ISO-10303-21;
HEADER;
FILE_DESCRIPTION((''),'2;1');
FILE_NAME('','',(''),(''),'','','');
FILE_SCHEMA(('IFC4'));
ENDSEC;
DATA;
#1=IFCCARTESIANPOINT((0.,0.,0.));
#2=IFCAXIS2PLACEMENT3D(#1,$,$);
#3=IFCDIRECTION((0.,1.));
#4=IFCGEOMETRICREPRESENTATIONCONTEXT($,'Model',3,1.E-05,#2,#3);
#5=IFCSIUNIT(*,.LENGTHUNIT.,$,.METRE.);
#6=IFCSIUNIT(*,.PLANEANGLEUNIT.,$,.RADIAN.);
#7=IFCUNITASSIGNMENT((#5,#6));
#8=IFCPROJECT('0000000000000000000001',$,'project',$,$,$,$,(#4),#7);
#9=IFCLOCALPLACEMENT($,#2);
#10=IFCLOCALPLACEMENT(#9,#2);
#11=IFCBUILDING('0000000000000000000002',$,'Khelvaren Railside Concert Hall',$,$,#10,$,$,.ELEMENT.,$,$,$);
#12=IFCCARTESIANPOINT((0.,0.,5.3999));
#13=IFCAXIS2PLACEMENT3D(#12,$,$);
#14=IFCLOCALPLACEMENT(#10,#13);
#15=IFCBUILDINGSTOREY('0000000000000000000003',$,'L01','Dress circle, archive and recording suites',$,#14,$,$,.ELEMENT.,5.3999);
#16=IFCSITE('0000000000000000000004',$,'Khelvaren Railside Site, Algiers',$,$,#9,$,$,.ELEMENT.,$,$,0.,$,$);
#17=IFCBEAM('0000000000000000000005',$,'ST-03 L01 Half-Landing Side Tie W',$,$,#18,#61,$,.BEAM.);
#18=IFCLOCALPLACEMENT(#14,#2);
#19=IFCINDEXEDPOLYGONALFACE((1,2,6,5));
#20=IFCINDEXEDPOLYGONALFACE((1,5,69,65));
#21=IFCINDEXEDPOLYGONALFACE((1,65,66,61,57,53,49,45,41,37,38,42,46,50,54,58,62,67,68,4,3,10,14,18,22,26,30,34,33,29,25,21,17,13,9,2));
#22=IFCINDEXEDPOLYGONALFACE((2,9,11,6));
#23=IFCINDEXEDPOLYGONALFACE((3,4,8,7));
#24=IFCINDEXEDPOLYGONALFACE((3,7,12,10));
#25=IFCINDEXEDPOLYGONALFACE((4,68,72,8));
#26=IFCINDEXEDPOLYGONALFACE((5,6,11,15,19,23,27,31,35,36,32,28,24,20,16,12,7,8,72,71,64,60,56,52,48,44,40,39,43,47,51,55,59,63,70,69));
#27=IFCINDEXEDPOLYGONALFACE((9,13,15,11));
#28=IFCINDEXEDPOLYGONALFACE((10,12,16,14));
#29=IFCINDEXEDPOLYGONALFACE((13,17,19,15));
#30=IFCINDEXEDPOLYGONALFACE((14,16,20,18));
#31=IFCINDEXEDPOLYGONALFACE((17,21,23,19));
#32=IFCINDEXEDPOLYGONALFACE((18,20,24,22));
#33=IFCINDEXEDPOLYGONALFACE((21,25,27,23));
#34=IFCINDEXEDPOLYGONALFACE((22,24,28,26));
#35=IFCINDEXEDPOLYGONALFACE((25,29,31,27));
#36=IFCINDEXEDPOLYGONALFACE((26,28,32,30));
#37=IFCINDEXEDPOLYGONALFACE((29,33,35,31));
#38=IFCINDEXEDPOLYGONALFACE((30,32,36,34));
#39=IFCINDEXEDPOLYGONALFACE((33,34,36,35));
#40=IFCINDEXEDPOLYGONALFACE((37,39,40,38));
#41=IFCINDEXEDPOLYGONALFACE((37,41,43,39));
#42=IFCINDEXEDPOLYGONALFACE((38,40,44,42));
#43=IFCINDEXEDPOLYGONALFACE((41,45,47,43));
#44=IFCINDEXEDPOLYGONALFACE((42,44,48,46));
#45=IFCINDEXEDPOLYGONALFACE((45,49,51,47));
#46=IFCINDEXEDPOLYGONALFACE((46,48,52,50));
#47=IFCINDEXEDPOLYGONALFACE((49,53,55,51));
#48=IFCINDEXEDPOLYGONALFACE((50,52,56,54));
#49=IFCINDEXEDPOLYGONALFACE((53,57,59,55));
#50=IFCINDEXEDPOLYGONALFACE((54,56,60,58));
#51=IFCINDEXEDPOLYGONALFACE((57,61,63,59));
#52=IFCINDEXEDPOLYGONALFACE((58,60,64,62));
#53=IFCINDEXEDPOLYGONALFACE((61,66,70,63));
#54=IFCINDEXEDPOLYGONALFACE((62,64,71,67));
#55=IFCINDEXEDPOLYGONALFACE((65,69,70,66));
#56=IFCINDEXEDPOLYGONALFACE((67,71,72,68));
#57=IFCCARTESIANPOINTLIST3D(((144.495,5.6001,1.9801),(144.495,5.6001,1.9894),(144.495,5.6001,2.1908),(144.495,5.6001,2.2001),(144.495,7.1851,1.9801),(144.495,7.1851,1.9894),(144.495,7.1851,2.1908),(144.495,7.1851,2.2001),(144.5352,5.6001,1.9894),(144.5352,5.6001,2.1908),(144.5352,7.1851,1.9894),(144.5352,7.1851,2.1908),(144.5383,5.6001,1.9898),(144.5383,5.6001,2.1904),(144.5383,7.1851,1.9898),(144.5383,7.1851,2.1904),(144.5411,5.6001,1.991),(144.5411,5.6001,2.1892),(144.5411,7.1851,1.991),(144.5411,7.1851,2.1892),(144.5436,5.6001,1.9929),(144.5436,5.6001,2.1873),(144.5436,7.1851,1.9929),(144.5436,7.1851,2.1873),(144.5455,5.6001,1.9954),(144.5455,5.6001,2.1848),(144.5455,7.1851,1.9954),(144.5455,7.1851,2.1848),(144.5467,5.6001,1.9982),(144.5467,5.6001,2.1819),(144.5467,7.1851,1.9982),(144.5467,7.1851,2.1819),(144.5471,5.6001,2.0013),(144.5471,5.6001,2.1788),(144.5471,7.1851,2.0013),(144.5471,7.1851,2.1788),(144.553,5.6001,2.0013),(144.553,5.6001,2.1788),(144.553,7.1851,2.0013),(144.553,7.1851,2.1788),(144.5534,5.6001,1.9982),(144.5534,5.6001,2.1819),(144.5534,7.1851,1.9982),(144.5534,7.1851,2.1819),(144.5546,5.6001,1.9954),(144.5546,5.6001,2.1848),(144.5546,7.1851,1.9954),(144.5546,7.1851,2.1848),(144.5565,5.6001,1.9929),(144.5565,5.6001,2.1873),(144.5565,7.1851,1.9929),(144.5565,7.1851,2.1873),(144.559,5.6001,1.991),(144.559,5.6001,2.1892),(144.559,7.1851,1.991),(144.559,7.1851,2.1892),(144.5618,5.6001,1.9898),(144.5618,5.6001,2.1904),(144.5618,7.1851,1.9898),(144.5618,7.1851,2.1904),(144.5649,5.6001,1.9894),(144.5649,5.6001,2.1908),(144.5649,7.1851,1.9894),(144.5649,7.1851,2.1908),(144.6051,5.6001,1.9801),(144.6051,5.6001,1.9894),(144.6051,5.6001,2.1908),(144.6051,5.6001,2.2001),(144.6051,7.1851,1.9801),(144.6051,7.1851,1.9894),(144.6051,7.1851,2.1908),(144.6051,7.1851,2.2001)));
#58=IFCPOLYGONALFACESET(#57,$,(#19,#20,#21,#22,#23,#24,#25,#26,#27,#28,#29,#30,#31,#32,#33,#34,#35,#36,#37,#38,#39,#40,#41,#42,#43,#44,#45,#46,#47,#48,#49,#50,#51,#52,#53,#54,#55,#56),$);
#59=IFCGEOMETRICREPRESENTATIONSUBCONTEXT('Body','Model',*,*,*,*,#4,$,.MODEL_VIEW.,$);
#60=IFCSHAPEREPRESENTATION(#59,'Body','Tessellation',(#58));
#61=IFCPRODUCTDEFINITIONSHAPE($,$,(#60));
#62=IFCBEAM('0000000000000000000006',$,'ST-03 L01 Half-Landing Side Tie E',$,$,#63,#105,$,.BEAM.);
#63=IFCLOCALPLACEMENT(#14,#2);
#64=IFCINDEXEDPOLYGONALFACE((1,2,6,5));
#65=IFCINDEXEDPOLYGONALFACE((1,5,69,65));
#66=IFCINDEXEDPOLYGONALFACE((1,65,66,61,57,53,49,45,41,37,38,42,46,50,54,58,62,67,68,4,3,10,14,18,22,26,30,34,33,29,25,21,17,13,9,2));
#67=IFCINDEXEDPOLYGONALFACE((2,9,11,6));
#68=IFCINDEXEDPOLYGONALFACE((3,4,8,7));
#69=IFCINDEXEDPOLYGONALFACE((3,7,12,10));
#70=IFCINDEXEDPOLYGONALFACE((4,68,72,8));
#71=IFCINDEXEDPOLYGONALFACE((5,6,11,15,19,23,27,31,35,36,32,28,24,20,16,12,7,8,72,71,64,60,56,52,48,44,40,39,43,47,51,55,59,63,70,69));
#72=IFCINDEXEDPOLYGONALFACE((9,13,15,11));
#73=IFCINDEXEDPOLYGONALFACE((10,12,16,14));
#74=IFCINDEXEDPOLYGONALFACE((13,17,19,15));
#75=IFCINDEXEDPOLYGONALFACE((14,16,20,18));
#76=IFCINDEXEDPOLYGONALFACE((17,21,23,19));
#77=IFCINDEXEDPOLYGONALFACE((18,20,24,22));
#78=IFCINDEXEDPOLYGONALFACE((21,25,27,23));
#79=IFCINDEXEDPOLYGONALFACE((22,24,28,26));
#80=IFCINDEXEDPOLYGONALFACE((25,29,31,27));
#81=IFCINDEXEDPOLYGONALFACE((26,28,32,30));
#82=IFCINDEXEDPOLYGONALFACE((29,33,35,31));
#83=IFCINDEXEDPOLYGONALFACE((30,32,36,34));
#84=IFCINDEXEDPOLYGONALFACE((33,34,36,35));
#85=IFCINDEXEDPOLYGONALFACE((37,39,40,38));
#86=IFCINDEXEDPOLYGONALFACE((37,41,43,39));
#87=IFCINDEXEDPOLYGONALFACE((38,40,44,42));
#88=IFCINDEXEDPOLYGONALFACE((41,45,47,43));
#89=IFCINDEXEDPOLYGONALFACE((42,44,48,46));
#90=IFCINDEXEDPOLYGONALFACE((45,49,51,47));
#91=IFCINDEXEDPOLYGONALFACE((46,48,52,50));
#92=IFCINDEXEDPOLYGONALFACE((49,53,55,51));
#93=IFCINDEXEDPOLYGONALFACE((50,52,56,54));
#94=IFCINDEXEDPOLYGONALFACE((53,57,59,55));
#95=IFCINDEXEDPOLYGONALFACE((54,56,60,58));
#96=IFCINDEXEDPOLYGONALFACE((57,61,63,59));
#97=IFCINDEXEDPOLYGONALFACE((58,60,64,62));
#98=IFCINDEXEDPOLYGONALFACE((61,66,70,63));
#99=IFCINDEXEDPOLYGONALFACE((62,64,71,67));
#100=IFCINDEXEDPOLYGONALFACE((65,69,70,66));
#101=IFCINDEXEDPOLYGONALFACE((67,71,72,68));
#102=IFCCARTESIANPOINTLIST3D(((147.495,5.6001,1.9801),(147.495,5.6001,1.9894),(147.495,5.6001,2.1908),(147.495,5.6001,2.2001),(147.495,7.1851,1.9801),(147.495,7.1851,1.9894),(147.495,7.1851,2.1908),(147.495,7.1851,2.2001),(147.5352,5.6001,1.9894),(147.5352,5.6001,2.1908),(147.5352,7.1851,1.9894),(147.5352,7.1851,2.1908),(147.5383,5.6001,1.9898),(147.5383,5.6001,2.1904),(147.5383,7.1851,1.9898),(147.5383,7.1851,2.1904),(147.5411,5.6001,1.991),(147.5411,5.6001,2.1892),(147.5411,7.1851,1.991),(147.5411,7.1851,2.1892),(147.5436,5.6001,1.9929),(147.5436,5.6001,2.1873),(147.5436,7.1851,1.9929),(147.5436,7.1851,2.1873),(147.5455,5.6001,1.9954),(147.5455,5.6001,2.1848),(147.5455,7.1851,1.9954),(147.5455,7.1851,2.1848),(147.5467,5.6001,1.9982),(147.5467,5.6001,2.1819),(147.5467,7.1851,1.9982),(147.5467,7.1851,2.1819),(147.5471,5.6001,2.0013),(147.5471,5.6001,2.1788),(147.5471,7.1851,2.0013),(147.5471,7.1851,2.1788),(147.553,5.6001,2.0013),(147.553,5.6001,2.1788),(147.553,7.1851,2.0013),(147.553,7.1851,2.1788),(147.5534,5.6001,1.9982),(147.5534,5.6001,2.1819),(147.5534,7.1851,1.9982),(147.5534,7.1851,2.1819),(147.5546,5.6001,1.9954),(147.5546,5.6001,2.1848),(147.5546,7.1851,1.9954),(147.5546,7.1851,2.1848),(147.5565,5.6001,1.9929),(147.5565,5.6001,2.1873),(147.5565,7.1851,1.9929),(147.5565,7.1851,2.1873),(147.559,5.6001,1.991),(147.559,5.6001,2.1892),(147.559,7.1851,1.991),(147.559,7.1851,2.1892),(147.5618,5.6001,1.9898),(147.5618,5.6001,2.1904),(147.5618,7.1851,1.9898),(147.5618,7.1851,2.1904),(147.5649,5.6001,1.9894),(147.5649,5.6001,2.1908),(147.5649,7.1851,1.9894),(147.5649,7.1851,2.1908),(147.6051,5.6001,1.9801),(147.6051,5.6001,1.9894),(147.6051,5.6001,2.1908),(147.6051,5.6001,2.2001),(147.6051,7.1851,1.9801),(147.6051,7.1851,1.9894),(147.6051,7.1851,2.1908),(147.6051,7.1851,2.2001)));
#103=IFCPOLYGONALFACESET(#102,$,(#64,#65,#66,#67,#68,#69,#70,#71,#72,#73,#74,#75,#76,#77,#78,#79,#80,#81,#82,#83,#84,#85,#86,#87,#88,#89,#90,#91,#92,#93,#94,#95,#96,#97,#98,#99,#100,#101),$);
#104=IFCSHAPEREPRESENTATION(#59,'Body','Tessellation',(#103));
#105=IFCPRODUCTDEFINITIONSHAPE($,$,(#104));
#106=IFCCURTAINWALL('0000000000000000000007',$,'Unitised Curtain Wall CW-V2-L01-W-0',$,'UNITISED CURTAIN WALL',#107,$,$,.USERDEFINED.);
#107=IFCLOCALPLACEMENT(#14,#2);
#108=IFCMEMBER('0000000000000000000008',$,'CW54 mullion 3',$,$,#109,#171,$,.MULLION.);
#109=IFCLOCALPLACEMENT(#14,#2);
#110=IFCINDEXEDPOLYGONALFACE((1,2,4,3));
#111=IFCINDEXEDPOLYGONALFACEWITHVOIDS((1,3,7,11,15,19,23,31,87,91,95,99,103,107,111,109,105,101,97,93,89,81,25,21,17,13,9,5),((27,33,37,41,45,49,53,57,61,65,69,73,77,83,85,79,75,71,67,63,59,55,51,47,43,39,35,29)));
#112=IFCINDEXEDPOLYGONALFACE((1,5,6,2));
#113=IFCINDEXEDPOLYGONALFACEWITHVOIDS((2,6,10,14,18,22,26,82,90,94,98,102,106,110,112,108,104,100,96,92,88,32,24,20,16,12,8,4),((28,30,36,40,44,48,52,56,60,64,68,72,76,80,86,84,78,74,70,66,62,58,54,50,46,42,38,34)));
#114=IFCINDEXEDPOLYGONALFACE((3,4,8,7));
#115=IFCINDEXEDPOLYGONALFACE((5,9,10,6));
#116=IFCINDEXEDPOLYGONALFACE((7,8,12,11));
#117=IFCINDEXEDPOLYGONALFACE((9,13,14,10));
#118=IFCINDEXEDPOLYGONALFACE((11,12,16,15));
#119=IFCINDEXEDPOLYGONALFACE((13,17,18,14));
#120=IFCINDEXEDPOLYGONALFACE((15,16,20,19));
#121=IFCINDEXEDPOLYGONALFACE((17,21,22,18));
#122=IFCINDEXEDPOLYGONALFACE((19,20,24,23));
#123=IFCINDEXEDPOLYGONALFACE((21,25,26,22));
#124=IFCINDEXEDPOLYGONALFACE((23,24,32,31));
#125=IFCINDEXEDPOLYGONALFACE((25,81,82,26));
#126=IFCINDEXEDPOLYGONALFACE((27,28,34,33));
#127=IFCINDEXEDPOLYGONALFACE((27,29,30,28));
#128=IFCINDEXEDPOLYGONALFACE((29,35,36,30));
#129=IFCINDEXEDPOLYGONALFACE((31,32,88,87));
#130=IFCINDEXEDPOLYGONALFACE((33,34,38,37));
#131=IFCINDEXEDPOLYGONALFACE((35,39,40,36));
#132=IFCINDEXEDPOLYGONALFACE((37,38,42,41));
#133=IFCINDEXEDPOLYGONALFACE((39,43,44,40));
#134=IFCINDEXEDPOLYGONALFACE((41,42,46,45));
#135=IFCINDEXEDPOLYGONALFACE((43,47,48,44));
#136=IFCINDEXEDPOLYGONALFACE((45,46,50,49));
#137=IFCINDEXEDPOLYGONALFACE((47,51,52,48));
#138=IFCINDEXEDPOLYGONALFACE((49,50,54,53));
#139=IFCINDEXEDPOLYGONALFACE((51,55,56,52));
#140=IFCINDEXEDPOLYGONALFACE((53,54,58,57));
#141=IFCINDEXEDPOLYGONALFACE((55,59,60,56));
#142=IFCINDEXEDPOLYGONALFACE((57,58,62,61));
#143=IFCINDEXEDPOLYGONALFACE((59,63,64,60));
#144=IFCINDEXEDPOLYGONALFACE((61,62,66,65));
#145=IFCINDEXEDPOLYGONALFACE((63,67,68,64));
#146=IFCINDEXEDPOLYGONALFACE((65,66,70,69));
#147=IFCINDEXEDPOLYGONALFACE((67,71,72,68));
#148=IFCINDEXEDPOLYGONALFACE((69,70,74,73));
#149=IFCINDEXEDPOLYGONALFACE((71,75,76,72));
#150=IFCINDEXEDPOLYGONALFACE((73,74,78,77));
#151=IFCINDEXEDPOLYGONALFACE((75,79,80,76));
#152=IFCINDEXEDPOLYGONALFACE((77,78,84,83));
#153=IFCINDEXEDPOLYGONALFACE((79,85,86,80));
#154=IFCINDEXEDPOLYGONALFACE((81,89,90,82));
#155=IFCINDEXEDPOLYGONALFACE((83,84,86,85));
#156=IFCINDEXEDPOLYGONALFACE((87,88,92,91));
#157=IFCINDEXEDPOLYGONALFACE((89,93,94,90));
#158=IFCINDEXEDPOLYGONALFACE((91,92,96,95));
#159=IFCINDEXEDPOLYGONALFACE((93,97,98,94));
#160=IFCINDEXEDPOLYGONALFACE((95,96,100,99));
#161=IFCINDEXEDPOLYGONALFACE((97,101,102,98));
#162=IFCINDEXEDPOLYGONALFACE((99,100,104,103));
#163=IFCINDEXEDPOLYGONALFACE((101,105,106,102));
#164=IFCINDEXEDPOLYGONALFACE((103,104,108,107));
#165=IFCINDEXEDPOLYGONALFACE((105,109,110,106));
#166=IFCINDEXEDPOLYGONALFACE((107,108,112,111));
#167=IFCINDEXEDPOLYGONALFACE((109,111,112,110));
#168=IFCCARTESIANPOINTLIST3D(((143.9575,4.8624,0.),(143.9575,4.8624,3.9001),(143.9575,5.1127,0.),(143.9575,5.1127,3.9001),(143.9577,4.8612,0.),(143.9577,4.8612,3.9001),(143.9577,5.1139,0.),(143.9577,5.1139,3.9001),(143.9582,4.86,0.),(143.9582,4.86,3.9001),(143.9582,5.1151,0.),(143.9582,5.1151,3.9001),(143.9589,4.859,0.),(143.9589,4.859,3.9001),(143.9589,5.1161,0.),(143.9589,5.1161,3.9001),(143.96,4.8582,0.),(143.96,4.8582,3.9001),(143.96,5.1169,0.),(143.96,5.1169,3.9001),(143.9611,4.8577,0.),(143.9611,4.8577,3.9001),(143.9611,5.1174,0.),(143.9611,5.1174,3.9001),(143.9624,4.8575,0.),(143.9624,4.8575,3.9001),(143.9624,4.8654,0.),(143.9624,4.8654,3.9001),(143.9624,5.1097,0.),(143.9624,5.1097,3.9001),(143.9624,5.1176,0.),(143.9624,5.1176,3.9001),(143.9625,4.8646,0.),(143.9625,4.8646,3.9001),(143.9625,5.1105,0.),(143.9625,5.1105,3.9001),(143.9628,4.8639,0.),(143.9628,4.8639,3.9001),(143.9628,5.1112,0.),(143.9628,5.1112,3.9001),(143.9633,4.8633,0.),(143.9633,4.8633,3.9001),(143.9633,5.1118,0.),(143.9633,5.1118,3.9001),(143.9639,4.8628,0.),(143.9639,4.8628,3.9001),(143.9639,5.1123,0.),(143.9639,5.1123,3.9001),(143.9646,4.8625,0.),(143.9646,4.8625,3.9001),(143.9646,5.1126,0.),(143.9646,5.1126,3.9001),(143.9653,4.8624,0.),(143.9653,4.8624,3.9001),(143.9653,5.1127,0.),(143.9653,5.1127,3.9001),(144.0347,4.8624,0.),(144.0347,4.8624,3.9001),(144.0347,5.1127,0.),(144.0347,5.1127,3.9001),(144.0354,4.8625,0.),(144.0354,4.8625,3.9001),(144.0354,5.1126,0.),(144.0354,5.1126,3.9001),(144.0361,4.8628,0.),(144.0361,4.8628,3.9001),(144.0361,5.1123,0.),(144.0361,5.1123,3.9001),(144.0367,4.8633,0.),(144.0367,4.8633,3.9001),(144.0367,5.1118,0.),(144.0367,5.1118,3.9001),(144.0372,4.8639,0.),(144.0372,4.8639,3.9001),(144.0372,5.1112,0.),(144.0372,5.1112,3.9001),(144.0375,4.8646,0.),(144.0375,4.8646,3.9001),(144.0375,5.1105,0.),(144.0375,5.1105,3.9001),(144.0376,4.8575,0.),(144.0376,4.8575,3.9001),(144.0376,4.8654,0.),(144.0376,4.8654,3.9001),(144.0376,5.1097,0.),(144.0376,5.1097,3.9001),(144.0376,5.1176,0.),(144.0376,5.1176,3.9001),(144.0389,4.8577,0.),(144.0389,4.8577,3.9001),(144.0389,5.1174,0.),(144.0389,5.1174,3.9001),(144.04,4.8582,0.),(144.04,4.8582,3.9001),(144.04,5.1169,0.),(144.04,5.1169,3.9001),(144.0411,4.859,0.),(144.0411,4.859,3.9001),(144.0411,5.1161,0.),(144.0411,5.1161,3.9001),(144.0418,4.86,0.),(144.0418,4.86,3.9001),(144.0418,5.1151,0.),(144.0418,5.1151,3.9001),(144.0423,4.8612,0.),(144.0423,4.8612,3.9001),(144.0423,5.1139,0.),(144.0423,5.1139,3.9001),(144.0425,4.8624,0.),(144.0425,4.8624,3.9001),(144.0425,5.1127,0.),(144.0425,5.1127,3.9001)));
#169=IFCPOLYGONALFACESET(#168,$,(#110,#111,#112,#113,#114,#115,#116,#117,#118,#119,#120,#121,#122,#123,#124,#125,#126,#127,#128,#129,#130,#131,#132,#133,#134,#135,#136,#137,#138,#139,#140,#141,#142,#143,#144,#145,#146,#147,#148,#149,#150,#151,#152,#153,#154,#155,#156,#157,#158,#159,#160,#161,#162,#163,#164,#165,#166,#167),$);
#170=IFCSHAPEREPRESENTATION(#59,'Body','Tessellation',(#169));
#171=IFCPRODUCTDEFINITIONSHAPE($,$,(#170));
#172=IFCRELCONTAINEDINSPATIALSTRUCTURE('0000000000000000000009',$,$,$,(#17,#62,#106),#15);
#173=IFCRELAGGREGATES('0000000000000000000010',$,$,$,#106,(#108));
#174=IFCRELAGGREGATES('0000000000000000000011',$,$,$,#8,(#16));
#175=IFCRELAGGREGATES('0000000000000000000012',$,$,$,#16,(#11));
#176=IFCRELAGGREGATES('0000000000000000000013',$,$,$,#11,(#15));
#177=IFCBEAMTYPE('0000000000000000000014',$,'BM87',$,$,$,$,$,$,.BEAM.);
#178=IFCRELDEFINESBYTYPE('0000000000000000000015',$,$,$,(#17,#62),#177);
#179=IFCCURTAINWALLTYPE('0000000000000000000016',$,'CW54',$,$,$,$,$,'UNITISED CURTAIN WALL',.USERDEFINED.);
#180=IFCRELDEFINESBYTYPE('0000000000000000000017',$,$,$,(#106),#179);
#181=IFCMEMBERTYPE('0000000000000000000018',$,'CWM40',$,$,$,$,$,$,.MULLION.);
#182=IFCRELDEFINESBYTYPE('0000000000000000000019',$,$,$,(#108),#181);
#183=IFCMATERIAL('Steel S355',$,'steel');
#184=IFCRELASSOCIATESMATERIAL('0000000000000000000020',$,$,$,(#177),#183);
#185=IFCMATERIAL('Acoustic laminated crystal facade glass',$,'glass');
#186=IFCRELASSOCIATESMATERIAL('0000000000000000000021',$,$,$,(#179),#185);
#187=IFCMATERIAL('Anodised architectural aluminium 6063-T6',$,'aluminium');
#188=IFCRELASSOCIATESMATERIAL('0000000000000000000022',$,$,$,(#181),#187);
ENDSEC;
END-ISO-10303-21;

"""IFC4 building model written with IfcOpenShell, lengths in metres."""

from ifc_helpers import new_model, si_unit, direction, frame, origin, origin_2d, place, context, subcontext, project, spatial, hollow_rectangle, i_section, extrude, material, material_profile, profile_set, type_object, element, aggregate, save


model = new_model("IFC4")

# Units and contexts
model_context = context("Model", 3, precision=1e-05, world=origin(), true_north=direction((0.0, 1.0)))
body_context = subcontext(model_context, "Body", "Model", "MODEL_VIEW")
ifc_project = project(units=[si_unit("LENGTHUNIT", "METRE"), si_unit("PLANEANGLEUNIT", "RADIAN")], contexts=[model_context])

# Site, building, storey
site_placement = place(None, origin())
site = spatial("IfcSite", under=ifc_project, at=site_placement, Name="Khelvaren Railside Site, Algiers", CompositionType="ELEMENT", RefElevation=0.0)
building_placement = place(site_placement, origin())
building = spatial("IfcBuilding", under=site, at=building_placement, Name="Khelvaren Railside Concert Hall", CompositionType="ELEMENT")
storey_placement = place(building_placement, frame((0.0, 0.0, 5.3999)))
storey = spatial("IfcBuildingStorey", under=building, at=storey_placement, Name="L01", Description="Dress circle, archive and recording suites", CompositionType="ELEMENT", Elevation=5.3999)

# Shared definitions
ifc_material_1 = material(Name="Steel S355", Category="steel")

# Beams
ifc_material_profile_1 = material_profile(ifc_material_1, i_section(OverallWidth=0.1101, OverallDepth=0.22, WebThickness=0.0059, FlangeThickness=0.0093, FilletRadius=0.012, at=origin_2d()), Name="IPE 220")
ifc_profile_set_1 = profile_set([ifc_material_profile_1], Name="Steel S355")
beam_type_1 = type_object("IfcBeamType", Name="BM87", PredefinedType="BEAM", material=ifc_profile_set_1)
for number, where, z_axis, x_axis, name in (
    (1, (144.55, 5.6001, 2.0901), (0.0, 1.0, 0.0), (-1.0, 0.0, 0.0), "ST-03 L01 Half-Landing Side Tie W"),
    (2, (147.55, 5.6001, 2.0901), (0.0, 1.0, 0.0), (-1.0, 0.0, 0.0), "ST-03 L01 Half-Landing Side Tie E"),
):
    element("IfcBeam", number, at=place(storey_placement, frame(where, z_axis=z_axis, x_axis=x_axis)), inside=storey, type_object=beam_type_1, Name=name, PredefinedType="BEAM", context=body_context, shape_type="SweptSolid", body=[
        extrude(i_section(OverallWidth=0.1101, OverallDepth=0.22, WebThickness=0.0059, FlangeThickness=0.0093, FilletRadius=0.012, at=origin_2d()), origin(), (0.0, 0.0, 1.0), 1.585),
    ])

# Curtain wall, member
ifc_material_2 = material(Name="Acoustic laminated crystal facade glass", Category="glass")
curtain_wall_type = type_object("IfcCurtainWallType", Name="CW54", ElementType="UNITISED CURTAIN WALL", PredefinedType="USERDEFINED", material=ifc_material_2)
curtain_wall_placement = place(storey_placement, origin())
curtain_wall = element("IfcCurtainWall", 3, at=curtain_wall_placement, inside=storey, type_object=curtain_wall_type, Name="Unitised Curtain Wall CW-V2-L01-W-0", ObjectType="UNITISED CURTAIN WALL", PredefinedType="USERDEFINED")
ifc_material_3 = material(Name="Anodised architectural aluminium 6063-T6", Category="aluminium")
ifc_material_profile_2 = material_profile(ifc_material_3, hollow_rectangle(XDim=0.085, YDim=0.26, WallThickness=0.0049, InnerFilletRadius=0.0029, OuterFilletRadius=0.0049, at=origin_2d()), Name="CWM 85x260x5")
ifc_profile_set_2 = profile_set([ifc_material_profile_2], Name="Anodised architectural aluminium 6063-T6")
member_type_1 = type_object("IfcMemberType", Name="CWM40", PredefinedType="MULLION", material=ifc_profile_set_2)
member_1_placement = place(storey_placement, frame((144.0, 4.9875, 0.0), z_axis=(0.0, 0.0, 1.0), x_axis=(-1.0, 0.0, 0.0)))
member_1 = element("IfcMember", 4, at=member_1_placement, type_object=member_type_1, Name="CW54 mullion 3", PredefinedType="MULLION", context=body_context, shape_type="SweptSolid", body=[
    extrude(hollow_rectangle(XDim=0.085, YDim=0.26, WallThickness=0.0049, InnerFilletRadius=0.0029, OuterFilletRadius=0.0049, at=origin_2d()), origin(), (0.0, 0.0, 1.0), 3.9001),
])

aggregate(curtain_wall, [member_1])

save(model, "model.ifc")
